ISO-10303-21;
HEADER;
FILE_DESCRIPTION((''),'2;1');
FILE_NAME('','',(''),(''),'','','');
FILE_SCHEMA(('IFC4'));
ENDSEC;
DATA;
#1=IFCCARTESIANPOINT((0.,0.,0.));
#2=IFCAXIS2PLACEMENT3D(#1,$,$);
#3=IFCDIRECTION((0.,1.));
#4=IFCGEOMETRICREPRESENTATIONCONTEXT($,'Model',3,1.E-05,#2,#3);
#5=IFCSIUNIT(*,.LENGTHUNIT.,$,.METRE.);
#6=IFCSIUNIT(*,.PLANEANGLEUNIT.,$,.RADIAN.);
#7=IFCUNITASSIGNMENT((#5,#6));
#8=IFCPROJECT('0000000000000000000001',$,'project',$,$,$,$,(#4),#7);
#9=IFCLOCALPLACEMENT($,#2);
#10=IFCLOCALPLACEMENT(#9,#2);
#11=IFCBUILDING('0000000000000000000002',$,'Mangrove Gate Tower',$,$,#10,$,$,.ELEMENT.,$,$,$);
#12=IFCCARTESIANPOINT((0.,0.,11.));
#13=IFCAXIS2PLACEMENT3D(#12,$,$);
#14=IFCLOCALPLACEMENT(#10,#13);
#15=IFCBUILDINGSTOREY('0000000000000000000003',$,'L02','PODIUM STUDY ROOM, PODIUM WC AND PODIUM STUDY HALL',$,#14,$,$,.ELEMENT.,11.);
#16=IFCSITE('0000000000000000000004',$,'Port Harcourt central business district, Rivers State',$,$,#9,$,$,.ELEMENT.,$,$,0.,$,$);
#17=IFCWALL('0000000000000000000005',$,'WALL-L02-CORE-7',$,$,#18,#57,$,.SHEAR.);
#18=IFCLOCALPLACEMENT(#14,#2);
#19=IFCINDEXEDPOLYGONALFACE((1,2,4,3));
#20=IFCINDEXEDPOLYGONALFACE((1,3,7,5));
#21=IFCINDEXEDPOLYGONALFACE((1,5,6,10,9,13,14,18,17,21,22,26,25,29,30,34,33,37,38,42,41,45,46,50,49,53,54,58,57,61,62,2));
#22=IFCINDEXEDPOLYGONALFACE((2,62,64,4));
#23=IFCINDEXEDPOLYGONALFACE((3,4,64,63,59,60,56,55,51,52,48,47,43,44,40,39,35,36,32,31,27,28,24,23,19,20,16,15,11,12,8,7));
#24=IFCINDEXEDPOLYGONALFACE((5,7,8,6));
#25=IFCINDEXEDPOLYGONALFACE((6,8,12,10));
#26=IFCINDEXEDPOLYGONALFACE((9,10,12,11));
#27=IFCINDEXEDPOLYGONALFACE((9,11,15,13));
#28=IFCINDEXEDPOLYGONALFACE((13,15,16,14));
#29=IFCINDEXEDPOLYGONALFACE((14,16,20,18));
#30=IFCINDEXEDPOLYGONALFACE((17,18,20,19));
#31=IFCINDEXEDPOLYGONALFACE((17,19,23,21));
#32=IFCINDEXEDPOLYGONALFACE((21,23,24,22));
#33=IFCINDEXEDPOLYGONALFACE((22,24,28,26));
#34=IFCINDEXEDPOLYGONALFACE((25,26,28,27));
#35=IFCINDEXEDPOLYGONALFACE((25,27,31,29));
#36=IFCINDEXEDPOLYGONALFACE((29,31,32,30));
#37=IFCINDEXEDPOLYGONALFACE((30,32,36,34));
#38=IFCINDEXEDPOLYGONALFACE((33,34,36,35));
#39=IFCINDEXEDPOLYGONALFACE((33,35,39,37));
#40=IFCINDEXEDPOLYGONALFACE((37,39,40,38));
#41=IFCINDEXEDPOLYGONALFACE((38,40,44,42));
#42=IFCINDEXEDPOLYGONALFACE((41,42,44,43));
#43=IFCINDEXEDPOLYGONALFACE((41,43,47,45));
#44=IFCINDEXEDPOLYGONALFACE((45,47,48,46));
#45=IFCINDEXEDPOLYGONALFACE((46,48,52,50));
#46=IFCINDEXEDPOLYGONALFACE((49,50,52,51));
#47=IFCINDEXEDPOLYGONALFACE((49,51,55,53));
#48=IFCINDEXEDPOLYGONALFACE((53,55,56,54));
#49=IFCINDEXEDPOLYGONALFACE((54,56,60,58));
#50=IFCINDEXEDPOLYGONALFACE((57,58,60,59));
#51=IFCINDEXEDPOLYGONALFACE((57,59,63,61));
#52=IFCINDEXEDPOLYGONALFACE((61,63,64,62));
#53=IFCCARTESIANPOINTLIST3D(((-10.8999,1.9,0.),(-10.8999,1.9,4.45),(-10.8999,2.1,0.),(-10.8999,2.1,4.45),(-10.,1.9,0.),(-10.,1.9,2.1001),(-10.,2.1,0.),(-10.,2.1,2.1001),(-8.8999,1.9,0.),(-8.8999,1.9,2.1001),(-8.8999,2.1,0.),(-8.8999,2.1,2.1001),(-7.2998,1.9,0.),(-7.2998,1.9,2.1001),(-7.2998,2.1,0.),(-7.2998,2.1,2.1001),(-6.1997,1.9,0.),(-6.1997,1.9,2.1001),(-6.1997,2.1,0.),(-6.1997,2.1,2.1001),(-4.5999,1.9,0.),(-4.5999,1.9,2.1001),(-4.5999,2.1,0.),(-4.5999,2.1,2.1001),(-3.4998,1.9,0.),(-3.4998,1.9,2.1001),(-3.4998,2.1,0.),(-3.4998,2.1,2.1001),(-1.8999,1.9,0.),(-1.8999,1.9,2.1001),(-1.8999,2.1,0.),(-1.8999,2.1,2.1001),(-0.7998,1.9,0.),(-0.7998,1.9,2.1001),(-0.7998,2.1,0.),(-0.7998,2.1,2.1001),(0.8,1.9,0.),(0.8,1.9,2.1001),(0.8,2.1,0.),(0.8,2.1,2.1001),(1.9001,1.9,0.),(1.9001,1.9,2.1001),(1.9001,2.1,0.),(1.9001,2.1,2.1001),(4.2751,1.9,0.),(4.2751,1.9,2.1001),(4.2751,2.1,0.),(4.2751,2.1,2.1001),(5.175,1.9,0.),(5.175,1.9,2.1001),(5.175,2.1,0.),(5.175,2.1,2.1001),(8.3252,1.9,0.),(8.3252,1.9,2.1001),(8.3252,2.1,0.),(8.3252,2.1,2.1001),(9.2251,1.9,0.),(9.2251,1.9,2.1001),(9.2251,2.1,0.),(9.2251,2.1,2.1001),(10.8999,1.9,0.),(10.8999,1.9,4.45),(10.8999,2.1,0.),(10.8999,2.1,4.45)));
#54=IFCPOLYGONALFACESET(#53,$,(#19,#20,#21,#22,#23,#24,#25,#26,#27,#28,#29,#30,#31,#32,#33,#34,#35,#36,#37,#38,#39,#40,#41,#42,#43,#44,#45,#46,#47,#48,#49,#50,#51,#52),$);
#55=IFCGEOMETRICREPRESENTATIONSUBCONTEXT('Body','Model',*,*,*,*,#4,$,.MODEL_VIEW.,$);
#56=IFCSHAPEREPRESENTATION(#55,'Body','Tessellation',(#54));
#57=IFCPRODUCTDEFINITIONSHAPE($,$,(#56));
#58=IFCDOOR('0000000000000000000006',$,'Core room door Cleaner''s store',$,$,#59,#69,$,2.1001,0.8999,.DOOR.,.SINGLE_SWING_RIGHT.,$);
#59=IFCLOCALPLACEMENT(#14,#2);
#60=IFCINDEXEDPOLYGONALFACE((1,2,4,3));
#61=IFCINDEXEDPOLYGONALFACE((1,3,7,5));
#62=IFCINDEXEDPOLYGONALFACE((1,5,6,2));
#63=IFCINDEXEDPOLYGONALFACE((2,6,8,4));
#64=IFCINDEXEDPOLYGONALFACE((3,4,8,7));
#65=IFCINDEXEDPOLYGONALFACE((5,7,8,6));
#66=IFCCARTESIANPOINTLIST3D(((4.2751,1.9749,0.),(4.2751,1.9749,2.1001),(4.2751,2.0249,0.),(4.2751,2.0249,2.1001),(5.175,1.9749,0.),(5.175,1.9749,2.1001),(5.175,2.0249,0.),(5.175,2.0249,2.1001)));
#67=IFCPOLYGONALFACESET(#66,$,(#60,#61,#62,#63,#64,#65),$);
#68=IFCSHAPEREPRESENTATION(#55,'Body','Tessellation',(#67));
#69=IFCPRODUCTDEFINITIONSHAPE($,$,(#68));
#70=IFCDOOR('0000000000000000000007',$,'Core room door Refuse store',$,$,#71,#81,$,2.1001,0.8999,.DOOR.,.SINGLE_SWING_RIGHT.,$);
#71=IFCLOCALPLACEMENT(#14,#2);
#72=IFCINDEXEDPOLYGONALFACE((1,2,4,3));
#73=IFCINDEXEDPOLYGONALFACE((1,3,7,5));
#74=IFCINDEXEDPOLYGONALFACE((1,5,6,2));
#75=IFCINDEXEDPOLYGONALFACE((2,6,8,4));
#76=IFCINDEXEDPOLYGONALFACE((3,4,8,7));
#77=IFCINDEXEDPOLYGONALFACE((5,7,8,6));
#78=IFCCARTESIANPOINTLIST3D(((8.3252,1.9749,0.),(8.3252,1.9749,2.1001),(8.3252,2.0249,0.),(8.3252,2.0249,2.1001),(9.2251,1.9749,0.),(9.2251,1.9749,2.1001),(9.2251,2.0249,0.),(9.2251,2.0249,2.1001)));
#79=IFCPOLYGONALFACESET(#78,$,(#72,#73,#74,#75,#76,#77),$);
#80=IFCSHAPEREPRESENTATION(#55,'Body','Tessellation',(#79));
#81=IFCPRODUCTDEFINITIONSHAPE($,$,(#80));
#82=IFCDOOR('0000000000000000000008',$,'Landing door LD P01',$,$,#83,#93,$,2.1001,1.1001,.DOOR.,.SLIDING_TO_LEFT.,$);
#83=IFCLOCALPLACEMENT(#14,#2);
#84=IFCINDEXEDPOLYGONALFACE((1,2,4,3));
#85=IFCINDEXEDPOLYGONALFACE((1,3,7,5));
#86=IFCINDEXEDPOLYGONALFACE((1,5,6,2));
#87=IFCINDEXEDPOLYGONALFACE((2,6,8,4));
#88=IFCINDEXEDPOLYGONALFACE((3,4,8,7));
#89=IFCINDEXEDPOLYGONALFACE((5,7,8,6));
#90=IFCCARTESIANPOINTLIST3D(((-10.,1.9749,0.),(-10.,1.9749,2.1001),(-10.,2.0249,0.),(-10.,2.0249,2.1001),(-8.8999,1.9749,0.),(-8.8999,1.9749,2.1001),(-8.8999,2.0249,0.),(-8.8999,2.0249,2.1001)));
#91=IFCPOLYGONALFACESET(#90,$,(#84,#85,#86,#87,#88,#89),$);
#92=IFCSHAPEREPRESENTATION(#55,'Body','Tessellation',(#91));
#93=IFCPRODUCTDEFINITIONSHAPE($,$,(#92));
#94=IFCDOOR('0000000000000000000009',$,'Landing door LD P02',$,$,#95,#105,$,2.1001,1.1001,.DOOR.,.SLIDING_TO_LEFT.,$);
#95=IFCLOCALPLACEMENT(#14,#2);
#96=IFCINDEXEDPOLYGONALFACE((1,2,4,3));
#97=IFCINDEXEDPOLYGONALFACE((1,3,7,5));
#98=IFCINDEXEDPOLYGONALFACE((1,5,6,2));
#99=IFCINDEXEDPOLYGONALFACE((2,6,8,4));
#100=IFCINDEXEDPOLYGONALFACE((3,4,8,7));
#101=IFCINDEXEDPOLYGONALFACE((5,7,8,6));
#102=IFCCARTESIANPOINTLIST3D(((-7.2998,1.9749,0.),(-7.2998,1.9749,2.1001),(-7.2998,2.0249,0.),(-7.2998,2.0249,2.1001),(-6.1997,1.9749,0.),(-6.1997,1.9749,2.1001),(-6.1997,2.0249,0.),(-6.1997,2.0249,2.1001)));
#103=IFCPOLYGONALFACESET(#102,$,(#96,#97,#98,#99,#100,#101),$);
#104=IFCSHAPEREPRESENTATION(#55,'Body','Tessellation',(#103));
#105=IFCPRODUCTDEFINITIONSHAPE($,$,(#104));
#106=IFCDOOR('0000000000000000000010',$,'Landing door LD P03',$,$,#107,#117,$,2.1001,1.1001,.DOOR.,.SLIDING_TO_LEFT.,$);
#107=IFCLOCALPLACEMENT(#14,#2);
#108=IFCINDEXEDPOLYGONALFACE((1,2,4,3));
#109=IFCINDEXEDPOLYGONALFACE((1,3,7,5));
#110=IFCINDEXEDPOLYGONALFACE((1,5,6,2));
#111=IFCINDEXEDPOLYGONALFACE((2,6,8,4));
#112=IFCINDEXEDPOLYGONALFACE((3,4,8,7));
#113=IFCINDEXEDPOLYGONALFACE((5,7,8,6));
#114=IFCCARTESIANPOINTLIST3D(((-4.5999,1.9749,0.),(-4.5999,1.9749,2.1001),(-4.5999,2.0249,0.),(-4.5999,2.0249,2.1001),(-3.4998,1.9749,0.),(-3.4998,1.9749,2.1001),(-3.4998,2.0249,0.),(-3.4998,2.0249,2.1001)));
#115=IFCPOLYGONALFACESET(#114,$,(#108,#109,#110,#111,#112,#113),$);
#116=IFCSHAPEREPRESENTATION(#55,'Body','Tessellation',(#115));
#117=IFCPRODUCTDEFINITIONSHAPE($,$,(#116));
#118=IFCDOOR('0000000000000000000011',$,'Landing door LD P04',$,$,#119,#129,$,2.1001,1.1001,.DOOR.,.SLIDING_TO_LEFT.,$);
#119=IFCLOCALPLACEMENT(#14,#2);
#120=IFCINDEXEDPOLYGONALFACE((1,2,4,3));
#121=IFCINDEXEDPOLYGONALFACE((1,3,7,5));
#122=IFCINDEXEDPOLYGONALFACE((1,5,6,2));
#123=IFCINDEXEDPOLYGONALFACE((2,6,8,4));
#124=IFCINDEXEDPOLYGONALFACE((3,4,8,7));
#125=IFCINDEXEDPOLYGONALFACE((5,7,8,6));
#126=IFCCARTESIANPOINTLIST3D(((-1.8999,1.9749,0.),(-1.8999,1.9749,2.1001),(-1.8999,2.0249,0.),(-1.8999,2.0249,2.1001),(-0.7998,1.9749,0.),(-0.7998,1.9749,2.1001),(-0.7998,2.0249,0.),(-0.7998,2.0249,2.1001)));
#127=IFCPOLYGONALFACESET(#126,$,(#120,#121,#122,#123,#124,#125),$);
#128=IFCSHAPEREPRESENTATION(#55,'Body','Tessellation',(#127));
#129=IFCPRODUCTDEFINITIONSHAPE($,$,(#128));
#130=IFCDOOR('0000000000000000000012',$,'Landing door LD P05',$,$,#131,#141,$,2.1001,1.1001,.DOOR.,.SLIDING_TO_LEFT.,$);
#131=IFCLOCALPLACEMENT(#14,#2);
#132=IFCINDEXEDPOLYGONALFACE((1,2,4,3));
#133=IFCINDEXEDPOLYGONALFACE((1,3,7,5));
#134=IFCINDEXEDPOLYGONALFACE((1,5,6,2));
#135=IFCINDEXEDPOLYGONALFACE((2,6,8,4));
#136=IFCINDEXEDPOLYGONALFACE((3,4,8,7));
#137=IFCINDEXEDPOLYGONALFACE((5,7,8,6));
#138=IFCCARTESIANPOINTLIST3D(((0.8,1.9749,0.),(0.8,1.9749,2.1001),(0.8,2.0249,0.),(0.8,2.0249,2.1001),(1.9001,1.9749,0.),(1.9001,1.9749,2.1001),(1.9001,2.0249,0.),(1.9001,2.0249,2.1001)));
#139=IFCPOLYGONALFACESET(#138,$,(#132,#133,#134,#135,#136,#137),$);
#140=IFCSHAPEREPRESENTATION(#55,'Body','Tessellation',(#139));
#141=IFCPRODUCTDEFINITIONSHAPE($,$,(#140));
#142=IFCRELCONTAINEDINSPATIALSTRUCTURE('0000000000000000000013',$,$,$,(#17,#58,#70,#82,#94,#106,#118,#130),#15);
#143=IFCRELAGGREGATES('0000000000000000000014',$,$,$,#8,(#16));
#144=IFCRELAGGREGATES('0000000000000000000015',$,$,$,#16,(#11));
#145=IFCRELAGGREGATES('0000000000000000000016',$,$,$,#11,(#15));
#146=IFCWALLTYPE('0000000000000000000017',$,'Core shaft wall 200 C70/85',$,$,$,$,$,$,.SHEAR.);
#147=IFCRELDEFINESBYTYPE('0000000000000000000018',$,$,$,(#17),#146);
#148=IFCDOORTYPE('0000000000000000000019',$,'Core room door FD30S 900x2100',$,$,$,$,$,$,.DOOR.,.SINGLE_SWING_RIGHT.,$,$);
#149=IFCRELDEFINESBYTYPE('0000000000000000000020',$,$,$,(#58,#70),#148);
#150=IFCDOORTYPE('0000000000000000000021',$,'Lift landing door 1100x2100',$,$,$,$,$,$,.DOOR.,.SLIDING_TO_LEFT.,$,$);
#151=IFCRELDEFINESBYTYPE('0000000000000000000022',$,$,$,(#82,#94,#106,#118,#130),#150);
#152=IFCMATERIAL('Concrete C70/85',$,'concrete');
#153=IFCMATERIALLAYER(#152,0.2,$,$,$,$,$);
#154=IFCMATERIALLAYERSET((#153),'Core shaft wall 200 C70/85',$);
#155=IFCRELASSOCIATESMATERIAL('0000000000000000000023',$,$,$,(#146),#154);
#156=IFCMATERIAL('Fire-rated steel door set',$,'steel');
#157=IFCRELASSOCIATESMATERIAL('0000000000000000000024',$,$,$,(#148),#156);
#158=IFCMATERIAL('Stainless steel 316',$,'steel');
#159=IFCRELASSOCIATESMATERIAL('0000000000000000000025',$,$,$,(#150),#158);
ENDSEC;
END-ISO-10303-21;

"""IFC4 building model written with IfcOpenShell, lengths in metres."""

from ifc_helpers import new_model, si_unit, direction, frame, frame_2d, origin, place, context, subcontext, project, spatial, rectangle, extrude, material, layer, layer_set, type_object, element, fill, save


model = new_model("IFC4")

# Units and contexts
model_context = context("Model", 3, precision=1e-05, world=origin(), true_north=direction((0.0, 1.0)))
body_context = subcontext(model_context, "Body", "Model", "MODEL_VIEW")
ifc_project = project(units=[si_unit("LENGTHUNIT", "METRE"), si_unit("PLANEANGLEUNIT", "RADIAN")], contexts=[model_context])

# Site, building, storey
site_placement = place(None, origin())
site = spatial("IfcSite", under=ifc_project, at=site_placement, Name="Port Harcourt central business district, Rivers State", CompositionType="ELEMENT", RefElevation=0.0)
building_placement = place(site_placement, origin())
building = spatial("IfcBuilding", under=site, at=building_placement, Name="Mangrove Gate Tower", CompositionType="ELEMENT")
storey_placement = place(building_placement, frame((0.0, 0.0, 11.0)))
storey = spatial("IfcBuildingStorey", under=building, at=storey_placement, Name="L02", Description="PODIUM STUDY ROOM, PODIUM WC AND PODIUM STUDY HALL", CompositionType="ELEMENT", Elevation=11.0)

# Wall, openings, doors
ifc_material_1 = material(Name="Concrete C70/85", Category="concrete")
ifc_layer = layer(ifc_material_1, 0.2)
ifc_layer_set = layer_set([ifc_layer], Name="Core shaft wall 200 C70/85")
wall_type = type_object("IfcWallType", Name="Core shaft wall 200 C70/85", PredefinedType="SHEAR", material=ifc_layer_set)
wall_1_placement = place(storey_placement, frame((-10.8999, 2.0, 0.0), z_axis=(0.0, 0.0, 1.0), x_axis=(1.0, 0.0, 0.0)))
wall_1 = element("IfcWall", 1, at=wall_1_placement, inside=storey, type_object=wall_type, Name="WALL-L02-CORE-7", PredefinedType="SHEAR", context=body_context, shape_type="SweptSolid", body=[
    extrude(rectangle(XDim=21.7998, YDim=0.2, at=frame_2d((10.8999, 0.0))), origin(), (0.0, 0.0, 1.0), 4.45),
])
opening_1_placement = place(wall_1_placement, frame((0.8999, 0.0, 0.0)))
opening_1 = element("IfcOpeningElement", 2, at=opening_1_placement, cuts=wall_1, PredefinedType="OPENING", context=body_context, shape_type="SweptSolid", body=[
    extrude(rectangle(XDim=1.1001, YDim=2.1001, at=frame_2d((0.55, 1.05))), frame((0.0, 0.1099, 0.0), z_axis=(0.0, -1.0, 0.0), x_axis=(1.0, 0.0, 0.0)), (0.0, 0.0, 1.0), 0.22),
])
opening_2_placement = place(wall_1_placement, frame((3.6001, 0.0, 0.0)))
opening_2 = element("IfcOpeningElement", 3, at=opening_2_placement, cuts=wall_1, PredefinedType="OPENING", context=body_context, shape_type="SweptSolid", body=[
    extrude(rectangle(XDim=1.1001, YDim=2.1001, at=frame_2d((0.55, 1.05))), frame((0.0, 0.1099, 0.0), z_axis=(0.0, -1.0, 0.0), x_axis=(1.0, 0.0, 0.0)), (0.0, 0.0, 1.0), 0.22),
])
opening_3_placement = place(wall_1_placement, frame((6.3, 0.0, 0.0)))
opening_3 = element("IfcOpeningElement", 4, at=opening_3_placement, cuts=wall_1, PredefinedType="OPENING", context=body_context, shape_type="SweptSolid", body=[
    extrude(rectangle(XDim=1.1001, YDim=2.1001, at=frame_2d((0.55, 1.05))), frame((0.0, 0.1099, 0.0), z_axis=(0.0, -1.0, 0.0), x_axis=(1.0, 0.0, 0.0)), (0.0, 0.0, 1.0), 0.22),
])
opening_4_placement = place(wall_1_placement, frame((9.0, 0.0, 0.0)))
opening_4 = element("IfcOpeningElement", 5, at=opening_4_placement, cuts=wall_1, PredefinedType="OPENING", context=body_context, shape_type="SweptSolid", body=[
    extrude(rectangle(XDim=1.1001, YDim=2.1001, at=frame_2d((0.55, 1.05))), frame((0.0, 0.1099, 0.0), z_axis=(0.0, -1.0, 0.0), x_axis=(1.0, 0.0, 0.0)), (0.0, 0.0, 1.0), 0.22),
])
opening_5_placement = place(wall_1_placement, frame((11.7, 0.0, 0.0)))
opening_5 = element("IfcOpeningElement", 6, at=opening_5_placement, cuts=wall_1, PredefinedType="OPENING", context=body_context, shape_type="SweptSolid", body=[
    extrude(rectangle(XDim=1.1001, YDim=2.1001, at=frame_2d((0.55, 1.05))), frame((0.0, 0.1099, 0.0), z_axis=(0.0, -1.0, 0.0), x_axis=(1.0, 0.0, 0.0)), (0.0, 0.0, 1.0), 0.22),
])
opening_6_placement = place(wall_1_placement, frame((15.175, 0.0, 0.0)))
opening_6 = element("IfcOpeningElement", 7, at=opening_6_placement, cuts=wall_1, PredefinedType="OPENING", context=body_context, shape_type="SweptSolid", body=[
    extrude(rectangle(XDim=0.8999, YDim=2.1001, at=frame_2d((0.45, 1.05))), frame((0.0, 0.1099, 0.0), z_axis=(0.0, -1.0, 0.0), x_axis=(1.0, 0.0, 0.0)), (0.0, 0.0, 1.0), 0.22),
])
opening_7_placement = place(wall_1_placement, frame((19.2251, 0.0, 0.0)))
opening_7 = element("IfcOpeningElement", 8, at=opening_7_placement, cuts=wall_1, PredefinedType="OPENING", context=body_context, shape_type="SweptSolid", body=[
    extrude(rectangle(XDim=0.8999, YDim=2.1001, at=frame_2d((0.45, 1.05))), frame((0.0, 0.1099, 0.0), z_axis=(0.0, -1.0, 0.0), x_axis=(1.0, 0.0, 0.0)), (0.0, 0.0, 1.0), 0.22),
])
ifc_material_2 = material(Name="Fire-rated steel door set", Category="steel")
door_type_1 = type_object("IfcDoorType", Name="Core room door FD30S 900x2100", OperationType="SINGLE_SWING_RIGHT", PredefinedType="DOOR", material=ifc_material_2)
door_1_placement = place(opening_6_placement, origin())
door_1 = element("IfcDoor", 9, at=door_1_placement, inside=storey, type_object=door_type_1, Name="Core room door Cleaner's store", OperationType="SINGLE_SWING_RIGHT", OverallHeight=2.1001, OverallWidth=0.8999, PredefinedType="DOOR", context=body_context, shape_type="SweptSolid", body=[
    extrude(rectangle(XDim=0.8999, YDim=2.1001, at=frame_2d((0.45, 1.05))), frame((0.0, 0.0249, 0.0), z_axis=(0.0, -1.0, 0.0), x_axis=(1.0, 0.0, 0.0)), (0.0, 0.0, 1.0), 0.05),
])
fill(opening_6, door_1)
door_2_placement = place(opening_7_placement, origin())
door_2 = element("IfcDoor", 10, at=door_2_placement, inside=storey, type_object=door_type_1, Name="Core room door Refuse store", OperationType="SINGLE_SWING_RIGHT", OverallHeight=2.1001, OverallWidth=0.8999, PredefinedType="DOOR", context=body_context, shape_type="SweptSolid", body=[
    extrude(rectangle(XDim=0.8999, YDim=2.1001, at=frame_2d((0.45, 1.05))), frame((0.0, 0.0249, 0.0), z_axis=(0.0, -1.0, 0.0), x_axis=(1.0, 0.0, 0.0)), (0.0, 0.0, 1.0), 0.05),
])
fill(opening_7, door_2)
ifc_material_3 = material(Name="Stainless steel 316", Category="steel")
door_type_2 = type_object("IfcDoorType", Name="Lift landing door 1100x2100", OperationType="SLIDING_TO_LEFT", PredefinedType="DOOR", material=ifc_material_3)
door_3_placement = place(opening_1_placement, origin())
door_3 = element("IfcDoor", 11, at=door_3_placement, inside=storey, type_object=door_type_2, Name="Landing door LD P01", OperationType="SLIDING_TO_LEFT", OverallHeight=2.1001, OverallWidth=1.1001, PredefinedType="DOOR", context=body_context, shape_type="SweptSolid", body=[
    extrude(rectangle(XDim=1.1001, YDim=2.1001, at=frame_2d((0.55, 1.05))), frame((0.0, 0.0249, 0.0), z_axis=(0.0, -1.0, 0.0), x_axis=(1.0, 0.0, 0.0)), (0.0, 0.0, 1.0), 0.05),
])
fill(opening_1, door_3)
door_4_placement = place(opening_2_placement, origin())
door_4 = element("IfcDoor", 12, at=door_4_placement, inside=storey, type_object=door_type_2, Name="Landing door LD P02", OperationType="SLIDING_TO_LEFT", OverallHeight=2.1001, OverallWidth=1.1001, PredefinedType="DOOR", context=body_context, shape_type="SweptSolid", body=[
    extrude(rectangle(XDim=1.1001, YDim=2.1001, at=frame_2d((0.55, 1.05))), frame((0.0, 0.0249, 0.0), z_axis=(0.0, -1.0, 0.0), x_axis=(1.0, 0.0, 0.0)), (0.0, 0.0, 1.0), 0.05),
])
fill(opening_2, door_4)
door_5_placement = place(opening_3_placement, origin())
door_5 = element("IfcDoor", 13, at=door_5_placement, inside=storey, type_object=door_type_2, Name="Landing door LD P03", OperationType="SLIDING_TO_LEFT", OverallHeight=2.1001, OverallWidth=1.1001, PredefinedType="DOOR", context=body_context, shape_type="SweptSolid", body=[
    extrude(rectangle(XDim=1.1001, YDim=2.1001, at=frame_2d((0.55, 1.05))), frame((0.0, 0.0249, 0.0), z_axis=(0.0, -1.0, 0.0), x_axis=(1.0, 0.0, 0.0)), (0.0, 0.0, 1.0), 0.05),
])
fill(opening_3, door_5)
door_6_placement = place(opening_4_placement, origin())
door_6 = element("IfcDoor", 14, at=door_6_placement, inside=storey, type_object=door_type_2, Name="Landing door LD P04", OperationType="SLIDING_TO_LEFT", OverallHeight=2.1001, OverallWidth=1.1001, PredefinedType="DOOR", context=body_context, shape_type="SweptSolid", body=[
    extrude(rectangle(XDim=1.1001, YDim=2.1001, at=frame_2d((0.55, 1.05))), frame((0.0, 0.0249, 0.0), z_axis=(0.0, -1.0, 0.0), x_axis=(1.0, 0.0, 0.0)), (0.0, 0.0, 1.0), 0.05),
])
fill(opening_4, door_6)
door_7_placement = place(opening_5_placement, origin())
door_7 = element("IfcDoor", 15, at=door_7_placement, inside=storey, type_object=door_type_2, Name="Landing door LD P05", OperationType="SLIDING_TO_LEFT", OverallHeight=2.1001, OverallWidth=1.1001, PredefinedType="DOOR", context=body_context, shape_type="SweptSolid", body=[
    extrude(rectangle(XDim=1.1001, YDim=2.1001, at=frame_2d((0.55, 1.05))), frame((0.0, 0.0249, 0.0), z_axis=(0.0, -1.0, 0.0), x_axis=(1.0, 0.0, 0.0)), (0.0, 0.0, 1.0), 0.05),
])
fill(opening_5, door_7)

save(model, "model.ifc")
